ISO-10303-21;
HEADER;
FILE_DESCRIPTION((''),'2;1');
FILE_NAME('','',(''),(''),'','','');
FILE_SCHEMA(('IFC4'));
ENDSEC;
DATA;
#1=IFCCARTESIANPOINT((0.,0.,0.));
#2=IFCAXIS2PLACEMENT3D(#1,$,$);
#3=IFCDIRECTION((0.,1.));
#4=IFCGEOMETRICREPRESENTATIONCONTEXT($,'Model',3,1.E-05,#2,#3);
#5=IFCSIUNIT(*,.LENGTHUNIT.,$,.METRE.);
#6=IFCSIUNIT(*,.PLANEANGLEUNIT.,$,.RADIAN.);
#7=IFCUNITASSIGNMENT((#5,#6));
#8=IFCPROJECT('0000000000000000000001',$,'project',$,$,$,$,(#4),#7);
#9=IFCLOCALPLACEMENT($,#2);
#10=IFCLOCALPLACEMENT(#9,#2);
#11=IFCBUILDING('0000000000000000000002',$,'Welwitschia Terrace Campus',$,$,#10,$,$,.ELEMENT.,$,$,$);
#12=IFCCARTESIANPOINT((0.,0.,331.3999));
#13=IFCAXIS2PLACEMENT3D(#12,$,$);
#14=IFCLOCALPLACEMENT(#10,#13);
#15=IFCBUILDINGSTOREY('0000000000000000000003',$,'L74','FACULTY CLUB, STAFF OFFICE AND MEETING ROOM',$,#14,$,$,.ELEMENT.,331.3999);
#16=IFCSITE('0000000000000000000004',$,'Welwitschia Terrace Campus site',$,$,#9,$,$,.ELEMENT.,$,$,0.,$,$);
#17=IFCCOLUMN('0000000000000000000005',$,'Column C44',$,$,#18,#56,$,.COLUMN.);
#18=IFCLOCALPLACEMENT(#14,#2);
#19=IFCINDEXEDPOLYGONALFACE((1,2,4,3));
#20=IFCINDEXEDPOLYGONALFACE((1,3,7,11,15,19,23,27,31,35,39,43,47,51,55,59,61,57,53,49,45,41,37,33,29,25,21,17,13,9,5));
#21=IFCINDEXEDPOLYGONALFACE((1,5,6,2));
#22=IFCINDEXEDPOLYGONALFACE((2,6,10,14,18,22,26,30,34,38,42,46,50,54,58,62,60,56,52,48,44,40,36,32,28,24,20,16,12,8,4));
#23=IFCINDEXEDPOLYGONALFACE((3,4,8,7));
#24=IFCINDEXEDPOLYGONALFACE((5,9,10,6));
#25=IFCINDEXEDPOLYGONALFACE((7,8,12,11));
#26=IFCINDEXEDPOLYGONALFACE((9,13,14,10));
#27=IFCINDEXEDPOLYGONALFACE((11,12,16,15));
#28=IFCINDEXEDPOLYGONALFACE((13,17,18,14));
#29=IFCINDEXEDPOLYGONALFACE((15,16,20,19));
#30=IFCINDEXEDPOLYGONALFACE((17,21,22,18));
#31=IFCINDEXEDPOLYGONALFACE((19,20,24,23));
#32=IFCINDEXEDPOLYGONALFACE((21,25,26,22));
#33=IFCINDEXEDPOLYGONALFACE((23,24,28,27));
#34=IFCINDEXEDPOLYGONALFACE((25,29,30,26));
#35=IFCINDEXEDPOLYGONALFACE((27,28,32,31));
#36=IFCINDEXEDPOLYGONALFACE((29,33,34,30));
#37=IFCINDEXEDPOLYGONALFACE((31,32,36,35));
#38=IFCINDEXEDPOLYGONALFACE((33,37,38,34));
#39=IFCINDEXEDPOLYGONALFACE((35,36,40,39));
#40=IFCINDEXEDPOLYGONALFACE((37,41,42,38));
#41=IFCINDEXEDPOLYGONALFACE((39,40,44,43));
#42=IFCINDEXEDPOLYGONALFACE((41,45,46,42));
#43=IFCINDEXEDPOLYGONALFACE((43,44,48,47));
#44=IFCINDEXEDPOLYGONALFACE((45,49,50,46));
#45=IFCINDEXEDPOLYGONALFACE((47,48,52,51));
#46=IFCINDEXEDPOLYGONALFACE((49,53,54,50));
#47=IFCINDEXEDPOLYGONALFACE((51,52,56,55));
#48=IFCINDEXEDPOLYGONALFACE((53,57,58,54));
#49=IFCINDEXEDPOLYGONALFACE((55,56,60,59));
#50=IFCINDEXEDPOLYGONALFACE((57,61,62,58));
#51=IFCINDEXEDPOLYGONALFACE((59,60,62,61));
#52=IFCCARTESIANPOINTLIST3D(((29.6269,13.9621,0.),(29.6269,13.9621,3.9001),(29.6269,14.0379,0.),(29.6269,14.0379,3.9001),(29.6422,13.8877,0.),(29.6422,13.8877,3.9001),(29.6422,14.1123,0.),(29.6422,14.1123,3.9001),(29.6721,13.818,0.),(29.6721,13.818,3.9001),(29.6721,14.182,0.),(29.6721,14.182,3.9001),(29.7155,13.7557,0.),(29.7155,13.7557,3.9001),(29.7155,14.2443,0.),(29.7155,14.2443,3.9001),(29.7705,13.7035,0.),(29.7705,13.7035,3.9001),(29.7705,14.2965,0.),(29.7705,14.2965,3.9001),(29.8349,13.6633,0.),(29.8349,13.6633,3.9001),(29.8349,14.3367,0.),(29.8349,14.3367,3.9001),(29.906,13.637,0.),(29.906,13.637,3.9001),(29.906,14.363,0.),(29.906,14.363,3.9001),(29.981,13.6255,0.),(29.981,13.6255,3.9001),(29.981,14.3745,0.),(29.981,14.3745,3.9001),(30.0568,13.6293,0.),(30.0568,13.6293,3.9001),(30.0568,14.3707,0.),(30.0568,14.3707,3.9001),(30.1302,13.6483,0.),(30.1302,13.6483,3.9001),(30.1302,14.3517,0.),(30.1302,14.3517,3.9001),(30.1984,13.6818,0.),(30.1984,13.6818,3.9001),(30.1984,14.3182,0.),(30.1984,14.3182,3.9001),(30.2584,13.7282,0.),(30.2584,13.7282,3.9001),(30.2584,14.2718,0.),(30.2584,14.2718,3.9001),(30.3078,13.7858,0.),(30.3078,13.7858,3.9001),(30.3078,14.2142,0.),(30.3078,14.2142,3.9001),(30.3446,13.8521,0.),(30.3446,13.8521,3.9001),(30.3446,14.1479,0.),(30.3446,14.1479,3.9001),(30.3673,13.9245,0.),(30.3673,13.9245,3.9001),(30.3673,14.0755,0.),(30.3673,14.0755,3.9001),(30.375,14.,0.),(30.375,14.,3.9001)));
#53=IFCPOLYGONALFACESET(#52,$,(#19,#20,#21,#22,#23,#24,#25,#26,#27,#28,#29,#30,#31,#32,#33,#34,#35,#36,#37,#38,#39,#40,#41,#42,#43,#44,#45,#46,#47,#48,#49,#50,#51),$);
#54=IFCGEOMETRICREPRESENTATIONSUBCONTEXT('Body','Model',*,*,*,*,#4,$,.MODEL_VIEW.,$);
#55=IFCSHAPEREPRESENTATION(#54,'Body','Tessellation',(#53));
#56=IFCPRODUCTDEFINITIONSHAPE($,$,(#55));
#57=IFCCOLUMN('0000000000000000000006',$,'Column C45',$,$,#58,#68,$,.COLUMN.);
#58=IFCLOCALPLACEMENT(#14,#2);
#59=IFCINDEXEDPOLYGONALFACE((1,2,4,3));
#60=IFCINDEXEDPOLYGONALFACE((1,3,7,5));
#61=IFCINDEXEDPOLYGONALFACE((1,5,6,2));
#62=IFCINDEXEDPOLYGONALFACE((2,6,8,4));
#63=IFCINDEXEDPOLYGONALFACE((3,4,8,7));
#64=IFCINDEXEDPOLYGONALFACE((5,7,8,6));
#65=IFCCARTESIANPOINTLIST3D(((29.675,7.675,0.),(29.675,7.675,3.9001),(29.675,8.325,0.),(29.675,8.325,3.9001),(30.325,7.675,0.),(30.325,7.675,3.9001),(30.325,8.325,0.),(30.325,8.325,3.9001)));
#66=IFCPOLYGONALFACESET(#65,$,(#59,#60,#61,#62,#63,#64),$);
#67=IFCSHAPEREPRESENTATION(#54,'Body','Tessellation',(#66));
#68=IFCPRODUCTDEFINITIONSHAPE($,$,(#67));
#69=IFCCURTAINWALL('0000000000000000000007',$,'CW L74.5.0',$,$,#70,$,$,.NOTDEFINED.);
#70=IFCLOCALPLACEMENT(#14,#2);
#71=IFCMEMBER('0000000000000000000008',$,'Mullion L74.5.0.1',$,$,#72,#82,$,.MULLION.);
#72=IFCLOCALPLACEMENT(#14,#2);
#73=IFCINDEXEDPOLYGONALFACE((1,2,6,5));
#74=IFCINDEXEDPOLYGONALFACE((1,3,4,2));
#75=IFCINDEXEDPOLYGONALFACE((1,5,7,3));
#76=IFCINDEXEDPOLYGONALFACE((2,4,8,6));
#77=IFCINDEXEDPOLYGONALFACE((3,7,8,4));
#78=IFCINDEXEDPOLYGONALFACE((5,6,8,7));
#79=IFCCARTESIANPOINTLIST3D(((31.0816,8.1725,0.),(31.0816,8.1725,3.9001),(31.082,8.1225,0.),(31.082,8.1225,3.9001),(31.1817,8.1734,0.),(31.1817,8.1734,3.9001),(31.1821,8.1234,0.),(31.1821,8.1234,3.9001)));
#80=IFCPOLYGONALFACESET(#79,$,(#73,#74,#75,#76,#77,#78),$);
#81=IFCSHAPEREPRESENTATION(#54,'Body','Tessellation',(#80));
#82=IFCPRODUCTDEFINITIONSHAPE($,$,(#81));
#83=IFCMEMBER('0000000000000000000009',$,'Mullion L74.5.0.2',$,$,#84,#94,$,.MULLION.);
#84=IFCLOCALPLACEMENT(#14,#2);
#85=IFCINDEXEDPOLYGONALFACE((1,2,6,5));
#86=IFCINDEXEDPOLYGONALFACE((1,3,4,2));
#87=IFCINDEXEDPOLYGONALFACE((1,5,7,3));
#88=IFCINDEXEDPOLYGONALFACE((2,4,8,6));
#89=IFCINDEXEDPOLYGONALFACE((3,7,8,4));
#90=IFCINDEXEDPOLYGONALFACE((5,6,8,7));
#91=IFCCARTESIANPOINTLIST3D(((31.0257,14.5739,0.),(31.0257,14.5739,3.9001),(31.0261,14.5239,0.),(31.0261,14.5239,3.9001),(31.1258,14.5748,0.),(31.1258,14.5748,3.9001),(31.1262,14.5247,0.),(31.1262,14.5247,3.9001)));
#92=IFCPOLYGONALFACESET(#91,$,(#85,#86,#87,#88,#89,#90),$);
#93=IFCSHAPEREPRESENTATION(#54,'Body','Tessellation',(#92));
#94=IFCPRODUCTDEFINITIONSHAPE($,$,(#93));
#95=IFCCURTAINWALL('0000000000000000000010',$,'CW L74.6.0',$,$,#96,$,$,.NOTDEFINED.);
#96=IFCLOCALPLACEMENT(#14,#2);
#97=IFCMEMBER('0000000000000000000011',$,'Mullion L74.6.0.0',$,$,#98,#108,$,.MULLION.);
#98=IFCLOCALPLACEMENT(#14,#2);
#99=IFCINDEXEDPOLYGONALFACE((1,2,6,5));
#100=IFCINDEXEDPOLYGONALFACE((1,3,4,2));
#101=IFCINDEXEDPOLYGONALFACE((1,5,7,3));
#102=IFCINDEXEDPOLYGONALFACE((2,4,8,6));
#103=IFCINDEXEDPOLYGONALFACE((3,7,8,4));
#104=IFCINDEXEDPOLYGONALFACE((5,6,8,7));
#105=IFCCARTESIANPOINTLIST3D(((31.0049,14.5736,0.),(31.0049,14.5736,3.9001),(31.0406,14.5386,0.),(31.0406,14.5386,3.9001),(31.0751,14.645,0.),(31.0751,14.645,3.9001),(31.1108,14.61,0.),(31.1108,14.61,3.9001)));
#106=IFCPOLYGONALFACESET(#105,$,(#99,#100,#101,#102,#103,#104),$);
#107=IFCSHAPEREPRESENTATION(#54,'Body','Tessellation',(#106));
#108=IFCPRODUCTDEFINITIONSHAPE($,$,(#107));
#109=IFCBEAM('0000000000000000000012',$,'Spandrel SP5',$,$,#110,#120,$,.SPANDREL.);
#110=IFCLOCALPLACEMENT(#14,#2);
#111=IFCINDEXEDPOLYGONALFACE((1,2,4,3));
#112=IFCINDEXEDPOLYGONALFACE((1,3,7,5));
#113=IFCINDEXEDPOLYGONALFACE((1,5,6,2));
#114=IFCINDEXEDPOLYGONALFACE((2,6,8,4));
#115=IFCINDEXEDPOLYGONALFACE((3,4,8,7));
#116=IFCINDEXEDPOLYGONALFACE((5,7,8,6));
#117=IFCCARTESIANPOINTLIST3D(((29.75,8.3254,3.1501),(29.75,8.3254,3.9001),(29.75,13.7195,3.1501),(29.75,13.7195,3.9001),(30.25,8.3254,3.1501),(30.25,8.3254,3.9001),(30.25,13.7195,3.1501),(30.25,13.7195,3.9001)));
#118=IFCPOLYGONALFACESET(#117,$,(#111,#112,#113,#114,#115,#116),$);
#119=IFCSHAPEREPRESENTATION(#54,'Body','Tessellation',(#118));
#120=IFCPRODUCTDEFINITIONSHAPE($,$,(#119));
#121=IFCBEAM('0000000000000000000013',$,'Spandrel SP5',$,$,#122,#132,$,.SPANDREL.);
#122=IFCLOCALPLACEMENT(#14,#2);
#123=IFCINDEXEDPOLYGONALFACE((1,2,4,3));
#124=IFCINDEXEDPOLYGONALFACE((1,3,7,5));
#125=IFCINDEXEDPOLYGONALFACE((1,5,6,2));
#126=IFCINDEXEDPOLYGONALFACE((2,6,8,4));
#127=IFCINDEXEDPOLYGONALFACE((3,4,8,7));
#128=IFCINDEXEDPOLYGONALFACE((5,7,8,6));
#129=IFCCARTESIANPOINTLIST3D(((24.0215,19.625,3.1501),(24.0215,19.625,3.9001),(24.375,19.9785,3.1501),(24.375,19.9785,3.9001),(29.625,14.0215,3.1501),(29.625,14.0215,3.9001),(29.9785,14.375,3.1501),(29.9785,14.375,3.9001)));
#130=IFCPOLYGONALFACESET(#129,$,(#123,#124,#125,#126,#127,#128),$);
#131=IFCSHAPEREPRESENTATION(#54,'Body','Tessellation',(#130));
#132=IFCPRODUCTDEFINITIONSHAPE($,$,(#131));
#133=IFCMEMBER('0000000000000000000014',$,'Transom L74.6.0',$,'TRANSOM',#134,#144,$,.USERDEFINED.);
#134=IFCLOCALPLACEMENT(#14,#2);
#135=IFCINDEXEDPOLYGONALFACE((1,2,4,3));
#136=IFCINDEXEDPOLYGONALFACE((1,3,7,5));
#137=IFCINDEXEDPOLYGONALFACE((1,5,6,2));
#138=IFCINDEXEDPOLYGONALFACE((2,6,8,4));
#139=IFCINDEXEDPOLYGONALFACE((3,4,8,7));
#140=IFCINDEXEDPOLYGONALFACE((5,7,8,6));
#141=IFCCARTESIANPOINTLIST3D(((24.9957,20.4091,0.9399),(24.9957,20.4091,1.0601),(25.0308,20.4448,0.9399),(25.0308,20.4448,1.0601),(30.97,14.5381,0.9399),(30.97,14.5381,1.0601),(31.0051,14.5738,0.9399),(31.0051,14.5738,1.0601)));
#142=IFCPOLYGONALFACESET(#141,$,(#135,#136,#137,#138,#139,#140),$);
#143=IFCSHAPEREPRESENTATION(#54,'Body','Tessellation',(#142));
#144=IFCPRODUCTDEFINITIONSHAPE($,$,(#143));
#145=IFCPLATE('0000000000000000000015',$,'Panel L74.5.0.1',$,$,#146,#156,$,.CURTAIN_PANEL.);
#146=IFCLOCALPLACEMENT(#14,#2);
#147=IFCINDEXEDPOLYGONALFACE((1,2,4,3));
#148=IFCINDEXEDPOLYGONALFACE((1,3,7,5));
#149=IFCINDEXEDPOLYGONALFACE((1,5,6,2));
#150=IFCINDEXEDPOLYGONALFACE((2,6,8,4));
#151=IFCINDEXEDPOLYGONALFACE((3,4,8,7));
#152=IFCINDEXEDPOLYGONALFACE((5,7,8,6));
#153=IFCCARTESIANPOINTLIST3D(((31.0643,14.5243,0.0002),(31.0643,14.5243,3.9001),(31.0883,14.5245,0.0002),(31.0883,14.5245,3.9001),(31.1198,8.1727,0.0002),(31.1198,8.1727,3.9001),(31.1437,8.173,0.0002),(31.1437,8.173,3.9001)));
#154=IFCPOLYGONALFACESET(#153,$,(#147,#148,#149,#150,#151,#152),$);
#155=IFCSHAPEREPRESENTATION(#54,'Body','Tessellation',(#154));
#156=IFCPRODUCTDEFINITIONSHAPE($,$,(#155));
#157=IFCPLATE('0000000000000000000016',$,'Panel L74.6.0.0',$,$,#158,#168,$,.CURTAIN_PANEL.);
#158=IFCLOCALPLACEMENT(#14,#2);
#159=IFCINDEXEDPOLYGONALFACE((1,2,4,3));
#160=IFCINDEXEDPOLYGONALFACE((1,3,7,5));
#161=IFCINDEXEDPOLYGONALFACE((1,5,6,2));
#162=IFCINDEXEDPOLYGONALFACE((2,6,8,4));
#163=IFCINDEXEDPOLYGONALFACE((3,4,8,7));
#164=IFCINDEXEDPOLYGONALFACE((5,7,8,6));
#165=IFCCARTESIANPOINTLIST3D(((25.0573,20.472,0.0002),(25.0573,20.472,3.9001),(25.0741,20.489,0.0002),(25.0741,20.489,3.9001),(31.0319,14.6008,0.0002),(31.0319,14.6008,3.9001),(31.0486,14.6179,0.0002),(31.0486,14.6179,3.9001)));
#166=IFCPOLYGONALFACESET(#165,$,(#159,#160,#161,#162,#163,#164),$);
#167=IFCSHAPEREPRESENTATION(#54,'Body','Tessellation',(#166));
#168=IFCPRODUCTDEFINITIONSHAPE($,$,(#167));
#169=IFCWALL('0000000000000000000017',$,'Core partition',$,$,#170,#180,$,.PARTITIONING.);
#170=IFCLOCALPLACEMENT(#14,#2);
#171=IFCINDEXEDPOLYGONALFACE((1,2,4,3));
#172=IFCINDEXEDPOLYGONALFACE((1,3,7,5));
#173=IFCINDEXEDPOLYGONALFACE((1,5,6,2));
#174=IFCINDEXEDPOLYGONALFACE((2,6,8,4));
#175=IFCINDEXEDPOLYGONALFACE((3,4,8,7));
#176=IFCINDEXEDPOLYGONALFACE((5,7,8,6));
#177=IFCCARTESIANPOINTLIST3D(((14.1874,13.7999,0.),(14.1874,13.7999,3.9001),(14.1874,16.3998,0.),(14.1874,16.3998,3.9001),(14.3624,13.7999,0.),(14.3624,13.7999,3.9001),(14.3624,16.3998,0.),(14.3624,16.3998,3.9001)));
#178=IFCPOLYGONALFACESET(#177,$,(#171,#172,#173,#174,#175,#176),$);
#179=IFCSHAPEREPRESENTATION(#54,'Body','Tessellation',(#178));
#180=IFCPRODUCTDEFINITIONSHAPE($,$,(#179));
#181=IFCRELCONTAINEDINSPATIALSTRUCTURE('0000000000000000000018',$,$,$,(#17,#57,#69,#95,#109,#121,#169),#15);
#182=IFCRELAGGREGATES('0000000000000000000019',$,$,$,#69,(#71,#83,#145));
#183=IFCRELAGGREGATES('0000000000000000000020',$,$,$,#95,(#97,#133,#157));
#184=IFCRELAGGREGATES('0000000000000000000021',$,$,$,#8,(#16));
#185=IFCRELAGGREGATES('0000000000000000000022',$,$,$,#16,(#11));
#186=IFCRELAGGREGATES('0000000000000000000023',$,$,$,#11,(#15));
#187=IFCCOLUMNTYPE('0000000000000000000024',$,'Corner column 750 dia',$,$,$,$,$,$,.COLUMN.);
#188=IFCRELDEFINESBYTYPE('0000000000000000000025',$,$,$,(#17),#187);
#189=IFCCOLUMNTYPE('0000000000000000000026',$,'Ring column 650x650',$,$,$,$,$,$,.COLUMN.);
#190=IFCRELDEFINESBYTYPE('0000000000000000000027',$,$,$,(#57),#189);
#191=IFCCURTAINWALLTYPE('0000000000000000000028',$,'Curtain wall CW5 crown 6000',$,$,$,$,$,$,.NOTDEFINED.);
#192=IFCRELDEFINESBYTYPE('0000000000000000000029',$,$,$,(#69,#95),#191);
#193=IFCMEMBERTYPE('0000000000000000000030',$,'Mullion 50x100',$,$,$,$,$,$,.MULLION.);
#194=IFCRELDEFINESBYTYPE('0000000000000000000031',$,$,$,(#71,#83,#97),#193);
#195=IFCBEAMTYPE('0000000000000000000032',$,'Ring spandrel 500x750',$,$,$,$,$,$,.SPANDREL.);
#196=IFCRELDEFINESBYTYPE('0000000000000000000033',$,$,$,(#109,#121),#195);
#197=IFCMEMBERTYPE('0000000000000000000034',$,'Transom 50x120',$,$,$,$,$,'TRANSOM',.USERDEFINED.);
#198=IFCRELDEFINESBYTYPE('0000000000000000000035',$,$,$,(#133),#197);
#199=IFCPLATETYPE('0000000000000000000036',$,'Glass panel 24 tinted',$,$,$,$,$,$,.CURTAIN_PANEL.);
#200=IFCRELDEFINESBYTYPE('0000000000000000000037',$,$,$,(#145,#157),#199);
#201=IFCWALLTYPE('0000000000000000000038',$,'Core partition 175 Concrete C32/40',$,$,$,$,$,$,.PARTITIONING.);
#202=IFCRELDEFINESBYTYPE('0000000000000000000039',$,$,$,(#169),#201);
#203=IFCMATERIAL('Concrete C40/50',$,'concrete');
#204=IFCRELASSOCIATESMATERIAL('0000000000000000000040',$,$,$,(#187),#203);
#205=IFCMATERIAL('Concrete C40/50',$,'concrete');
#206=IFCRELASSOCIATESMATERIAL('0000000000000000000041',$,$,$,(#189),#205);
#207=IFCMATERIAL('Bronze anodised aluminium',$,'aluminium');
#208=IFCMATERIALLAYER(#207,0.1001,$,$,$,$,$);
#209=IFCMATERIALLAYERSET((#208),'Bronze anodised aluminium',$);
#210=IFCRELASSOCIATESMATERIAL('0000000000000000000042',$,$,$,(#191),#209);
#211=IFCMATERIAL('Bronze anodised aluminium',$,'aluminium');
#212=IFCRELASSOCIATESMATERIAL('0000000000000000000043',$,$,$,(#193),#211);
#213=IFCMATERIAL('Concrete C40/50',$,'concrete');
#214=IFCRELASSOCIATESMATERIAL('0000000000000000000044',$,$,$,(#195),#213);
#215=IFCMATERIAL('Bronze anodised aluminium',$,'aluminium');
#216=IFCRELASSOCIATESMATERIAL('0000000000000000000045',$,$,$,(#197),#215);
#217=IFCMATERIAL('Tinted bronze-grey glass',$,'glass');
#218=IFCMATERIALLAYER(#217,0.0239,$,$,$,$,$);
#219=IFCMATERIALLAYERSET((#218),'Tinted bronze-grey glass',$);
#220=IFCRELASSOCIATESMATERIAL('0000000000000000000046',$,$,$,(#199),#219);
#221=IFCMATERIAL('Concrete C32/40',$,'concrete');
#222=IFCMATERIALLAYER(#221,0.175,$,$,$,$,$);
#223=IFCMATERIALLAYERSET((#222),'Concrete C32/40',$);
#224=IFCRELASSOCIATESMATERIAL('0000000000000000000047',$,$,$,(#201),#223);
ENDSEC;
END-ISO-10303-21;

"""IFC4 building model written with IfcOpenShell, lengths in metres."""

from ifc_helpers import new_model, si_unit, direction, frame, frame_2d, origin, origin_2d, place, context, subcontext, project, spatial, rectangle, circle, extrude, material, layer, layer_set, material_profile, profile_set, type_object, element, aggregate, save


model = new_model("IFC4")

# Units and contexts
model_context = context("Model", 3, precision=1e-05, world=origin(), true_north=direction((0.0, 1.0)))
body_context = subcontext(model_context, "Body", "Model", "MODEL_VIEW")
ifc_project = project(units=[si_unit("LENGTHUNIT", "METRE"), si_unit("PLANEANGLEUNIT", "RADIAN")], contexts=[model_context])

# Site, building, storey
site_placement = place(None, origin())
site = spatial("IfcSite", under=ifc_project, at=site_placement, Name="Welwitschia Terrace Campus site", CompositionType="ELEMENT", RefElevation=0.0)
building_placement = place(site_placement, origin())
building = spatial("IfcBuilding", under=site, at=building_placement, Name="Welwitschia Terrace Campus", CompositionType="ELEMENT")
storey_placement = place(building_placement, frame((0.0, 0.0, 331.3999)))
storey = spatial("IfcBuildingStorey", under=building, at=storey_placement, Name="L74", Description="FACULTY CLUB, STAFF OFFICE AND MEETING ROOM", CompositionType="ELEMENT", Elevation=331.3999)

# Columns
ifc_material_1 = material(Name="Concrete C40/50", Category="concrete")
ifc_material_profile_1 = material_profile(ifc_material_1, circle(Radius=0.375, at=origin_2d()))
ifc_profile_set_1 = profile_set([ifc_material_profile_1], Name="Concrete C40/50")
column_type_1 = type_object("IfcColumnType", Name="Corner column 750 dia", PredefinedType="COLUMN", material=ifc_profile_set_1)
column_1_placement = place(storey_placement, frame((30.0, 14.0, 0.0), z_axis=(0.0, 0.0, 1.0), x_axis=(1.0, 0.0, 0.0)))
element("IfcColumn", 1, at=column_1_placement, inside=storey, type_object=column_type_1, Name="Column C44", PredefinedType="COLUMN", context=body_context, shape_type="SweptSolid", body=[
    extrude(circle(Radius=0.375, at=origin_2d()), origin(), (0.0, 0.0, 1.0), 3.9001),
])
ifc_material_2 = material(Name="Concrete C40/50", Category="concrete")
ifc_material_profile_2 = material_profile(ifc_material_2, rectangle(XDim=0.6499, YDim=0.6499, at=origin_2d()))
ifc_profile_set_2 = profile_set([ifc_material_profile_2], Name="Concrete C40/50")
column_type_2 = type_object("IfcColumnType", Name="Ring column 650x650", PredefinedType="COLUMN", material=ifc_profile_set_2)
column_2_placement = place(storey_placement, frame((30.0, 8.0, 0.0), z_axis=(0.0, 0.0, 1.0), x_axis=(1.0, 0.0, 0.0)))
element("IfcColumn", 2, at=column_2_placement, inside=storey, type_object=column_type_2, Name="Column C45", PredefinedType="COLUMN", context=body_context, shape_type="SweptSolid", body=[
    extrude(rectangle(XDim=0.6499, YDim=0.6499, at=origin_2d()), origin(), (0.0, 0.0, 1.0), 3.9001),
])

# Curtain wall, members
ifc_material_3 = material(Name="Bronze anodised aluminium", Category="aluminium")
ifc_layer_1 = layer(ifc_material_3, 0.1001)
ifc_layer_set_1 = layer_set([ifc_layer_1], Name="Bronze anodised aluminium")
curtain_wall_type = type_object("IfcCurtainWallType", Name="Curtain wall CW5 crown 6000", PredefinedType="NOTDEFINED", material=ifc_layer_set_1)
curtain_wall_1_placement = place(storey_placement, origin())
curtain_wall_1 = element("IfcCurtainWall", 3, at=curtain_wall_1_placement, inside=storey, type_object=curtain_wall_type, Name="CW L74.5.0", PredefinedType="NOTDEFINED")
ifc_material_4 = material(Name="Bronze anodised aluminium", Category="aluminium")
ifc_material_profile_3 = material_profile(ifc_material_4, rectangle(XDim=0.1001, YDim=0.05, at=origin_2d()))
ifc_profile_set_3 = profile_set([ifc_material_profile_3], Name="Bronze anodised aluminium")
member_type_1 = type_object("IfcMemberType", Name="Mullion 50x100", PredefinedType="MULLION", material=ifc_profile_set_3)
member_1_placement = place(storey_placement, frame((31.1318, 8.1479, 0.0), z_axis=(0.0, 0.0, 1.0), x_axis=(-0.999962, -0.008727, 0.0)))
member_1 = element("IfcMember", 4, at=member_1_placement, type_object=member_type_1, Name="Mullion L74.5.0.1", PredefinedType="MULLION", context=body_context, shape_type="SweptSolid", body=[
    extrude(rectangle(XDim=0.1001, YDim=0.05, at=origin_2d()), origin(), (0.0, 0.0, 1.0), 3.9001),
])
member_2_placement = place(storey_placement, frame((31.0759, 14.5493, 0.0), z_axis=(0.0, 0.0, 1.0), x_axis=(-0.999962, -0.008727, 0.0)))
member_2 = element("IfcMember", 5, at=member_2_placement, type_object=member_type_1, Name="Mullion L74.5.0.2", PredefinedType="MULLION", context=body_context, shape_type="SweptSolid", body=[
    extrude(rectangle(XDim=0.1001, YDim=0.05, at=origin_2d()), origin(), (0.0, 0.0, 1.0), 3.9001),
])

# Curtain wall, member
curtain_wall_2_placement = place(storey_placement, origin())
curtain_wall_2 = element("IfcCurtainWall", 6, at=curtain_wall_2_placement, inside=storey, type_object=curtain_wall_type, Name="CW L74.6.0", PredefinedType="NOTDEFINED")
member_3_placement = place(storey_placement, frame((31.0579, 14.5918, 0.0), z_axis=(0.0, 0.0, 1.0), x_axis=(-0.700909, -0.71325, 0.0)))
member_3 = element("IfcMember", 7, at=member_3_placement, type_object=member_type_1, Name="Mullion L74.6.0.0", PredefinedType="MULLION", context=body_context, shape_type="SweptSolid", body=[
    extrude(rectangle(XDim=0.1001, YDim=0.05, at=origin_2d()), origin(), (0.0, 0.0, 1.0), 3.9001),
])

# Beams
ifc_material_5 = material(Name="Concrete C40/50", Category="concrete")
ifc_material_profile_4 = material_profile(ifc_material_5, rectangle(XDim=0.5, YDim=0.75, at=origin_2d()))
ifc_profile_set_4 = profile_set([ifc_material_profile_4], Name="Concrete C40/50")
beam_type = type_object("IfcBeamType", Name="Ring spandrel 500x750", PredefinedType="SPANDREL", material=ifc_profile_set_4)
beam_1_placement = place(storey_placement, frame((30.0, 8.3254, 3.5251), z_axis=(0.0, 1.0, 0.0), x_axis=(-1.0, 0.0, 0.0)))
element("IfcBeam", 8, at=beam_1_placement, inside=storey, type_object=beam_type, Name="Spandrel SP5", PredefinedType="SPANDREL", context=body_context, shape_type="SweptSolid", body=[
    extrude(rectangle(XDim=0.5, YDim=0.75, at=origin_2d()), origin(), (0.0, 0.0, 1.0), 5.394),
])
beam_2_placement = place(storey_placement, frame((29.8018, 14.1982, 3.5251), z_axis=(-0.707107, 0.707107, 0.0), x_axis=(-0.707107, -0.707107, 0.0)))
element("IfcBeam", 9, at=beam_2_placement, inside=storey, type_object=beam_type, Name="Spandrel SP5", PredefinedType="SPANDREL", context=body_context, shape_type="SweptSolid", body=[
    extrude(rectangle(XDim=0.5, YDim=0.75, at=origin_2d()), origin(), (0.0, 0.0, 1.0), 7.9246),
])

# Member
ifc_material_6 = material(Name="Bronze anodised aluminium", Category="aluminium")
ifc_material_profile_5 = material_profile(ifc_material_6, rectangle(XDim=0.05, YDim=0.1201, at=origin_2d()))
ifc_profile_set_5 = profile_set([ifc_material_profile_5], Name="Bronze anodised aluminium")
member_type_2 = type_object("IfcMemberType", Name="Transom 50x120", ElementType="TRANSOM", PredefinedType="USERDEFINED", material=ifc_profile_set_5)
member_4_placement = place(storey_placement, frame((30.9875, 14.5559, 1.0), z_axis=(-0.713244, 0.700915, 0.0), x_axis=(-0.700915, -0.713244, 0.0)))
member_4 = element("IfcMember", 10, at=member_4_placement, type_object=member_type_2, Name="Transom L74.6.0", ObjectType="TRANSOM", PredefinedType="USERDEFINED", context=body_context, shape_type="SweptSolid", body=[
    extrude(rectangle(XDim=0.05, YDim=0.1201, at=origin_2d()), origin(), (0.0, 0.0, 1.0), 8.3762),
])

# Plates
ifc_material_7 = material(Name="Tinted bronze-grey glass", Category="glass")
ifc_layer_2 = layer(ifc_material_7, 0.0239)
ifc_layer_set_2 = layer_set([ifc_layer_2], Name="Tinted bronze-grey glass")
plate_type = type_object("IfcPlateType", Name="Glass panel 24 tinted", PredefinedType="CURTAIN_PANEL", material=ifc_layer_set_2)
plate_1_placement = place(storey_placement, frame((31.104, 11.3486, 0.0002), z_axis=(0.0, 0.0, 1.0), x_axis=(-0.008727, 0.999962, 0.0)))
plate_1 = element("IfcPlate", 11, at=plate_1_placement, type_object=plate_type, Name="Panel L74.5.0.1", PredefinedType="CURTAIN_PANEL", context=body_context, shape_type="SweptSolid", body=[
    extrude(rectangle(XDim=6.3518, YDim=0.0239, at=origin_2d()), origin(), (0.0, 0.0, 1.0), 3.8999),
])
aggregate(curtain_wall_1, [member_1, member_2, plate_1])
plate_2_placement = place(storey_placement, frame((28.053, 17.5449, 0.0002), z_axis=(0.0, 0.0, 1.0), x_axis=(-0.71325, 0.700909, 0.0)))
plate_2 = element("IfcPlate", 12, at=plate_2_placement, type_object=plate_type, Name="Panel L74.6.0.0", PredefinedType="CURTAIN_PANEL", context=body_context, shape_type="SweptSolid", body=[
    extrude(rectangle(XDim=8.3765, YDim=0.0239, at=origin_2d()), origin(), (0.0, 0.0, 1.0), 3.8999),
])
aggregate(curtain_wall_2, [member_3, member_4, plate_2])

# Wall
ifc_material_8 = material(Name="Concrete C32/40", Category="concrete")
ifc_layer_3 = layer(ifc_material_8, 0.175)
ifc_layer_set_3 = layer_set([ifc_layer_3], Name="Concrete C32/40")
wall_type_1 = type_object("IfcWallType", Name="Core partition 175 Concrete C32/40", PredefinedType="PARTITIONING", material=ifc_layer_set_3)
for number, where, z_axis, x_axis, name in (
    (13, (14.2749, 13.8, 0.0), (0.0, 0.0, 1.0), (0.0, 1.0, 0.0), "Core partition"),
):
    element("IfcWall", number, at=place(storey_placement, frame(where, z_axis=z_axis, x_axis=x_axis)), inside=storey, type_object=wall_type_1, Name=name, PredefinedType="PARTITIONING", context=body_context, shape_type="SweptSolid", body=[
        extrude(rectangle(XDim=2.5999, YDim=0.175, at=frame_2d((1.2998, 0.0))), origin(), (0.0, 0.0, 1.0), 3.9001),
    ])

save(model, "model.ifc")
